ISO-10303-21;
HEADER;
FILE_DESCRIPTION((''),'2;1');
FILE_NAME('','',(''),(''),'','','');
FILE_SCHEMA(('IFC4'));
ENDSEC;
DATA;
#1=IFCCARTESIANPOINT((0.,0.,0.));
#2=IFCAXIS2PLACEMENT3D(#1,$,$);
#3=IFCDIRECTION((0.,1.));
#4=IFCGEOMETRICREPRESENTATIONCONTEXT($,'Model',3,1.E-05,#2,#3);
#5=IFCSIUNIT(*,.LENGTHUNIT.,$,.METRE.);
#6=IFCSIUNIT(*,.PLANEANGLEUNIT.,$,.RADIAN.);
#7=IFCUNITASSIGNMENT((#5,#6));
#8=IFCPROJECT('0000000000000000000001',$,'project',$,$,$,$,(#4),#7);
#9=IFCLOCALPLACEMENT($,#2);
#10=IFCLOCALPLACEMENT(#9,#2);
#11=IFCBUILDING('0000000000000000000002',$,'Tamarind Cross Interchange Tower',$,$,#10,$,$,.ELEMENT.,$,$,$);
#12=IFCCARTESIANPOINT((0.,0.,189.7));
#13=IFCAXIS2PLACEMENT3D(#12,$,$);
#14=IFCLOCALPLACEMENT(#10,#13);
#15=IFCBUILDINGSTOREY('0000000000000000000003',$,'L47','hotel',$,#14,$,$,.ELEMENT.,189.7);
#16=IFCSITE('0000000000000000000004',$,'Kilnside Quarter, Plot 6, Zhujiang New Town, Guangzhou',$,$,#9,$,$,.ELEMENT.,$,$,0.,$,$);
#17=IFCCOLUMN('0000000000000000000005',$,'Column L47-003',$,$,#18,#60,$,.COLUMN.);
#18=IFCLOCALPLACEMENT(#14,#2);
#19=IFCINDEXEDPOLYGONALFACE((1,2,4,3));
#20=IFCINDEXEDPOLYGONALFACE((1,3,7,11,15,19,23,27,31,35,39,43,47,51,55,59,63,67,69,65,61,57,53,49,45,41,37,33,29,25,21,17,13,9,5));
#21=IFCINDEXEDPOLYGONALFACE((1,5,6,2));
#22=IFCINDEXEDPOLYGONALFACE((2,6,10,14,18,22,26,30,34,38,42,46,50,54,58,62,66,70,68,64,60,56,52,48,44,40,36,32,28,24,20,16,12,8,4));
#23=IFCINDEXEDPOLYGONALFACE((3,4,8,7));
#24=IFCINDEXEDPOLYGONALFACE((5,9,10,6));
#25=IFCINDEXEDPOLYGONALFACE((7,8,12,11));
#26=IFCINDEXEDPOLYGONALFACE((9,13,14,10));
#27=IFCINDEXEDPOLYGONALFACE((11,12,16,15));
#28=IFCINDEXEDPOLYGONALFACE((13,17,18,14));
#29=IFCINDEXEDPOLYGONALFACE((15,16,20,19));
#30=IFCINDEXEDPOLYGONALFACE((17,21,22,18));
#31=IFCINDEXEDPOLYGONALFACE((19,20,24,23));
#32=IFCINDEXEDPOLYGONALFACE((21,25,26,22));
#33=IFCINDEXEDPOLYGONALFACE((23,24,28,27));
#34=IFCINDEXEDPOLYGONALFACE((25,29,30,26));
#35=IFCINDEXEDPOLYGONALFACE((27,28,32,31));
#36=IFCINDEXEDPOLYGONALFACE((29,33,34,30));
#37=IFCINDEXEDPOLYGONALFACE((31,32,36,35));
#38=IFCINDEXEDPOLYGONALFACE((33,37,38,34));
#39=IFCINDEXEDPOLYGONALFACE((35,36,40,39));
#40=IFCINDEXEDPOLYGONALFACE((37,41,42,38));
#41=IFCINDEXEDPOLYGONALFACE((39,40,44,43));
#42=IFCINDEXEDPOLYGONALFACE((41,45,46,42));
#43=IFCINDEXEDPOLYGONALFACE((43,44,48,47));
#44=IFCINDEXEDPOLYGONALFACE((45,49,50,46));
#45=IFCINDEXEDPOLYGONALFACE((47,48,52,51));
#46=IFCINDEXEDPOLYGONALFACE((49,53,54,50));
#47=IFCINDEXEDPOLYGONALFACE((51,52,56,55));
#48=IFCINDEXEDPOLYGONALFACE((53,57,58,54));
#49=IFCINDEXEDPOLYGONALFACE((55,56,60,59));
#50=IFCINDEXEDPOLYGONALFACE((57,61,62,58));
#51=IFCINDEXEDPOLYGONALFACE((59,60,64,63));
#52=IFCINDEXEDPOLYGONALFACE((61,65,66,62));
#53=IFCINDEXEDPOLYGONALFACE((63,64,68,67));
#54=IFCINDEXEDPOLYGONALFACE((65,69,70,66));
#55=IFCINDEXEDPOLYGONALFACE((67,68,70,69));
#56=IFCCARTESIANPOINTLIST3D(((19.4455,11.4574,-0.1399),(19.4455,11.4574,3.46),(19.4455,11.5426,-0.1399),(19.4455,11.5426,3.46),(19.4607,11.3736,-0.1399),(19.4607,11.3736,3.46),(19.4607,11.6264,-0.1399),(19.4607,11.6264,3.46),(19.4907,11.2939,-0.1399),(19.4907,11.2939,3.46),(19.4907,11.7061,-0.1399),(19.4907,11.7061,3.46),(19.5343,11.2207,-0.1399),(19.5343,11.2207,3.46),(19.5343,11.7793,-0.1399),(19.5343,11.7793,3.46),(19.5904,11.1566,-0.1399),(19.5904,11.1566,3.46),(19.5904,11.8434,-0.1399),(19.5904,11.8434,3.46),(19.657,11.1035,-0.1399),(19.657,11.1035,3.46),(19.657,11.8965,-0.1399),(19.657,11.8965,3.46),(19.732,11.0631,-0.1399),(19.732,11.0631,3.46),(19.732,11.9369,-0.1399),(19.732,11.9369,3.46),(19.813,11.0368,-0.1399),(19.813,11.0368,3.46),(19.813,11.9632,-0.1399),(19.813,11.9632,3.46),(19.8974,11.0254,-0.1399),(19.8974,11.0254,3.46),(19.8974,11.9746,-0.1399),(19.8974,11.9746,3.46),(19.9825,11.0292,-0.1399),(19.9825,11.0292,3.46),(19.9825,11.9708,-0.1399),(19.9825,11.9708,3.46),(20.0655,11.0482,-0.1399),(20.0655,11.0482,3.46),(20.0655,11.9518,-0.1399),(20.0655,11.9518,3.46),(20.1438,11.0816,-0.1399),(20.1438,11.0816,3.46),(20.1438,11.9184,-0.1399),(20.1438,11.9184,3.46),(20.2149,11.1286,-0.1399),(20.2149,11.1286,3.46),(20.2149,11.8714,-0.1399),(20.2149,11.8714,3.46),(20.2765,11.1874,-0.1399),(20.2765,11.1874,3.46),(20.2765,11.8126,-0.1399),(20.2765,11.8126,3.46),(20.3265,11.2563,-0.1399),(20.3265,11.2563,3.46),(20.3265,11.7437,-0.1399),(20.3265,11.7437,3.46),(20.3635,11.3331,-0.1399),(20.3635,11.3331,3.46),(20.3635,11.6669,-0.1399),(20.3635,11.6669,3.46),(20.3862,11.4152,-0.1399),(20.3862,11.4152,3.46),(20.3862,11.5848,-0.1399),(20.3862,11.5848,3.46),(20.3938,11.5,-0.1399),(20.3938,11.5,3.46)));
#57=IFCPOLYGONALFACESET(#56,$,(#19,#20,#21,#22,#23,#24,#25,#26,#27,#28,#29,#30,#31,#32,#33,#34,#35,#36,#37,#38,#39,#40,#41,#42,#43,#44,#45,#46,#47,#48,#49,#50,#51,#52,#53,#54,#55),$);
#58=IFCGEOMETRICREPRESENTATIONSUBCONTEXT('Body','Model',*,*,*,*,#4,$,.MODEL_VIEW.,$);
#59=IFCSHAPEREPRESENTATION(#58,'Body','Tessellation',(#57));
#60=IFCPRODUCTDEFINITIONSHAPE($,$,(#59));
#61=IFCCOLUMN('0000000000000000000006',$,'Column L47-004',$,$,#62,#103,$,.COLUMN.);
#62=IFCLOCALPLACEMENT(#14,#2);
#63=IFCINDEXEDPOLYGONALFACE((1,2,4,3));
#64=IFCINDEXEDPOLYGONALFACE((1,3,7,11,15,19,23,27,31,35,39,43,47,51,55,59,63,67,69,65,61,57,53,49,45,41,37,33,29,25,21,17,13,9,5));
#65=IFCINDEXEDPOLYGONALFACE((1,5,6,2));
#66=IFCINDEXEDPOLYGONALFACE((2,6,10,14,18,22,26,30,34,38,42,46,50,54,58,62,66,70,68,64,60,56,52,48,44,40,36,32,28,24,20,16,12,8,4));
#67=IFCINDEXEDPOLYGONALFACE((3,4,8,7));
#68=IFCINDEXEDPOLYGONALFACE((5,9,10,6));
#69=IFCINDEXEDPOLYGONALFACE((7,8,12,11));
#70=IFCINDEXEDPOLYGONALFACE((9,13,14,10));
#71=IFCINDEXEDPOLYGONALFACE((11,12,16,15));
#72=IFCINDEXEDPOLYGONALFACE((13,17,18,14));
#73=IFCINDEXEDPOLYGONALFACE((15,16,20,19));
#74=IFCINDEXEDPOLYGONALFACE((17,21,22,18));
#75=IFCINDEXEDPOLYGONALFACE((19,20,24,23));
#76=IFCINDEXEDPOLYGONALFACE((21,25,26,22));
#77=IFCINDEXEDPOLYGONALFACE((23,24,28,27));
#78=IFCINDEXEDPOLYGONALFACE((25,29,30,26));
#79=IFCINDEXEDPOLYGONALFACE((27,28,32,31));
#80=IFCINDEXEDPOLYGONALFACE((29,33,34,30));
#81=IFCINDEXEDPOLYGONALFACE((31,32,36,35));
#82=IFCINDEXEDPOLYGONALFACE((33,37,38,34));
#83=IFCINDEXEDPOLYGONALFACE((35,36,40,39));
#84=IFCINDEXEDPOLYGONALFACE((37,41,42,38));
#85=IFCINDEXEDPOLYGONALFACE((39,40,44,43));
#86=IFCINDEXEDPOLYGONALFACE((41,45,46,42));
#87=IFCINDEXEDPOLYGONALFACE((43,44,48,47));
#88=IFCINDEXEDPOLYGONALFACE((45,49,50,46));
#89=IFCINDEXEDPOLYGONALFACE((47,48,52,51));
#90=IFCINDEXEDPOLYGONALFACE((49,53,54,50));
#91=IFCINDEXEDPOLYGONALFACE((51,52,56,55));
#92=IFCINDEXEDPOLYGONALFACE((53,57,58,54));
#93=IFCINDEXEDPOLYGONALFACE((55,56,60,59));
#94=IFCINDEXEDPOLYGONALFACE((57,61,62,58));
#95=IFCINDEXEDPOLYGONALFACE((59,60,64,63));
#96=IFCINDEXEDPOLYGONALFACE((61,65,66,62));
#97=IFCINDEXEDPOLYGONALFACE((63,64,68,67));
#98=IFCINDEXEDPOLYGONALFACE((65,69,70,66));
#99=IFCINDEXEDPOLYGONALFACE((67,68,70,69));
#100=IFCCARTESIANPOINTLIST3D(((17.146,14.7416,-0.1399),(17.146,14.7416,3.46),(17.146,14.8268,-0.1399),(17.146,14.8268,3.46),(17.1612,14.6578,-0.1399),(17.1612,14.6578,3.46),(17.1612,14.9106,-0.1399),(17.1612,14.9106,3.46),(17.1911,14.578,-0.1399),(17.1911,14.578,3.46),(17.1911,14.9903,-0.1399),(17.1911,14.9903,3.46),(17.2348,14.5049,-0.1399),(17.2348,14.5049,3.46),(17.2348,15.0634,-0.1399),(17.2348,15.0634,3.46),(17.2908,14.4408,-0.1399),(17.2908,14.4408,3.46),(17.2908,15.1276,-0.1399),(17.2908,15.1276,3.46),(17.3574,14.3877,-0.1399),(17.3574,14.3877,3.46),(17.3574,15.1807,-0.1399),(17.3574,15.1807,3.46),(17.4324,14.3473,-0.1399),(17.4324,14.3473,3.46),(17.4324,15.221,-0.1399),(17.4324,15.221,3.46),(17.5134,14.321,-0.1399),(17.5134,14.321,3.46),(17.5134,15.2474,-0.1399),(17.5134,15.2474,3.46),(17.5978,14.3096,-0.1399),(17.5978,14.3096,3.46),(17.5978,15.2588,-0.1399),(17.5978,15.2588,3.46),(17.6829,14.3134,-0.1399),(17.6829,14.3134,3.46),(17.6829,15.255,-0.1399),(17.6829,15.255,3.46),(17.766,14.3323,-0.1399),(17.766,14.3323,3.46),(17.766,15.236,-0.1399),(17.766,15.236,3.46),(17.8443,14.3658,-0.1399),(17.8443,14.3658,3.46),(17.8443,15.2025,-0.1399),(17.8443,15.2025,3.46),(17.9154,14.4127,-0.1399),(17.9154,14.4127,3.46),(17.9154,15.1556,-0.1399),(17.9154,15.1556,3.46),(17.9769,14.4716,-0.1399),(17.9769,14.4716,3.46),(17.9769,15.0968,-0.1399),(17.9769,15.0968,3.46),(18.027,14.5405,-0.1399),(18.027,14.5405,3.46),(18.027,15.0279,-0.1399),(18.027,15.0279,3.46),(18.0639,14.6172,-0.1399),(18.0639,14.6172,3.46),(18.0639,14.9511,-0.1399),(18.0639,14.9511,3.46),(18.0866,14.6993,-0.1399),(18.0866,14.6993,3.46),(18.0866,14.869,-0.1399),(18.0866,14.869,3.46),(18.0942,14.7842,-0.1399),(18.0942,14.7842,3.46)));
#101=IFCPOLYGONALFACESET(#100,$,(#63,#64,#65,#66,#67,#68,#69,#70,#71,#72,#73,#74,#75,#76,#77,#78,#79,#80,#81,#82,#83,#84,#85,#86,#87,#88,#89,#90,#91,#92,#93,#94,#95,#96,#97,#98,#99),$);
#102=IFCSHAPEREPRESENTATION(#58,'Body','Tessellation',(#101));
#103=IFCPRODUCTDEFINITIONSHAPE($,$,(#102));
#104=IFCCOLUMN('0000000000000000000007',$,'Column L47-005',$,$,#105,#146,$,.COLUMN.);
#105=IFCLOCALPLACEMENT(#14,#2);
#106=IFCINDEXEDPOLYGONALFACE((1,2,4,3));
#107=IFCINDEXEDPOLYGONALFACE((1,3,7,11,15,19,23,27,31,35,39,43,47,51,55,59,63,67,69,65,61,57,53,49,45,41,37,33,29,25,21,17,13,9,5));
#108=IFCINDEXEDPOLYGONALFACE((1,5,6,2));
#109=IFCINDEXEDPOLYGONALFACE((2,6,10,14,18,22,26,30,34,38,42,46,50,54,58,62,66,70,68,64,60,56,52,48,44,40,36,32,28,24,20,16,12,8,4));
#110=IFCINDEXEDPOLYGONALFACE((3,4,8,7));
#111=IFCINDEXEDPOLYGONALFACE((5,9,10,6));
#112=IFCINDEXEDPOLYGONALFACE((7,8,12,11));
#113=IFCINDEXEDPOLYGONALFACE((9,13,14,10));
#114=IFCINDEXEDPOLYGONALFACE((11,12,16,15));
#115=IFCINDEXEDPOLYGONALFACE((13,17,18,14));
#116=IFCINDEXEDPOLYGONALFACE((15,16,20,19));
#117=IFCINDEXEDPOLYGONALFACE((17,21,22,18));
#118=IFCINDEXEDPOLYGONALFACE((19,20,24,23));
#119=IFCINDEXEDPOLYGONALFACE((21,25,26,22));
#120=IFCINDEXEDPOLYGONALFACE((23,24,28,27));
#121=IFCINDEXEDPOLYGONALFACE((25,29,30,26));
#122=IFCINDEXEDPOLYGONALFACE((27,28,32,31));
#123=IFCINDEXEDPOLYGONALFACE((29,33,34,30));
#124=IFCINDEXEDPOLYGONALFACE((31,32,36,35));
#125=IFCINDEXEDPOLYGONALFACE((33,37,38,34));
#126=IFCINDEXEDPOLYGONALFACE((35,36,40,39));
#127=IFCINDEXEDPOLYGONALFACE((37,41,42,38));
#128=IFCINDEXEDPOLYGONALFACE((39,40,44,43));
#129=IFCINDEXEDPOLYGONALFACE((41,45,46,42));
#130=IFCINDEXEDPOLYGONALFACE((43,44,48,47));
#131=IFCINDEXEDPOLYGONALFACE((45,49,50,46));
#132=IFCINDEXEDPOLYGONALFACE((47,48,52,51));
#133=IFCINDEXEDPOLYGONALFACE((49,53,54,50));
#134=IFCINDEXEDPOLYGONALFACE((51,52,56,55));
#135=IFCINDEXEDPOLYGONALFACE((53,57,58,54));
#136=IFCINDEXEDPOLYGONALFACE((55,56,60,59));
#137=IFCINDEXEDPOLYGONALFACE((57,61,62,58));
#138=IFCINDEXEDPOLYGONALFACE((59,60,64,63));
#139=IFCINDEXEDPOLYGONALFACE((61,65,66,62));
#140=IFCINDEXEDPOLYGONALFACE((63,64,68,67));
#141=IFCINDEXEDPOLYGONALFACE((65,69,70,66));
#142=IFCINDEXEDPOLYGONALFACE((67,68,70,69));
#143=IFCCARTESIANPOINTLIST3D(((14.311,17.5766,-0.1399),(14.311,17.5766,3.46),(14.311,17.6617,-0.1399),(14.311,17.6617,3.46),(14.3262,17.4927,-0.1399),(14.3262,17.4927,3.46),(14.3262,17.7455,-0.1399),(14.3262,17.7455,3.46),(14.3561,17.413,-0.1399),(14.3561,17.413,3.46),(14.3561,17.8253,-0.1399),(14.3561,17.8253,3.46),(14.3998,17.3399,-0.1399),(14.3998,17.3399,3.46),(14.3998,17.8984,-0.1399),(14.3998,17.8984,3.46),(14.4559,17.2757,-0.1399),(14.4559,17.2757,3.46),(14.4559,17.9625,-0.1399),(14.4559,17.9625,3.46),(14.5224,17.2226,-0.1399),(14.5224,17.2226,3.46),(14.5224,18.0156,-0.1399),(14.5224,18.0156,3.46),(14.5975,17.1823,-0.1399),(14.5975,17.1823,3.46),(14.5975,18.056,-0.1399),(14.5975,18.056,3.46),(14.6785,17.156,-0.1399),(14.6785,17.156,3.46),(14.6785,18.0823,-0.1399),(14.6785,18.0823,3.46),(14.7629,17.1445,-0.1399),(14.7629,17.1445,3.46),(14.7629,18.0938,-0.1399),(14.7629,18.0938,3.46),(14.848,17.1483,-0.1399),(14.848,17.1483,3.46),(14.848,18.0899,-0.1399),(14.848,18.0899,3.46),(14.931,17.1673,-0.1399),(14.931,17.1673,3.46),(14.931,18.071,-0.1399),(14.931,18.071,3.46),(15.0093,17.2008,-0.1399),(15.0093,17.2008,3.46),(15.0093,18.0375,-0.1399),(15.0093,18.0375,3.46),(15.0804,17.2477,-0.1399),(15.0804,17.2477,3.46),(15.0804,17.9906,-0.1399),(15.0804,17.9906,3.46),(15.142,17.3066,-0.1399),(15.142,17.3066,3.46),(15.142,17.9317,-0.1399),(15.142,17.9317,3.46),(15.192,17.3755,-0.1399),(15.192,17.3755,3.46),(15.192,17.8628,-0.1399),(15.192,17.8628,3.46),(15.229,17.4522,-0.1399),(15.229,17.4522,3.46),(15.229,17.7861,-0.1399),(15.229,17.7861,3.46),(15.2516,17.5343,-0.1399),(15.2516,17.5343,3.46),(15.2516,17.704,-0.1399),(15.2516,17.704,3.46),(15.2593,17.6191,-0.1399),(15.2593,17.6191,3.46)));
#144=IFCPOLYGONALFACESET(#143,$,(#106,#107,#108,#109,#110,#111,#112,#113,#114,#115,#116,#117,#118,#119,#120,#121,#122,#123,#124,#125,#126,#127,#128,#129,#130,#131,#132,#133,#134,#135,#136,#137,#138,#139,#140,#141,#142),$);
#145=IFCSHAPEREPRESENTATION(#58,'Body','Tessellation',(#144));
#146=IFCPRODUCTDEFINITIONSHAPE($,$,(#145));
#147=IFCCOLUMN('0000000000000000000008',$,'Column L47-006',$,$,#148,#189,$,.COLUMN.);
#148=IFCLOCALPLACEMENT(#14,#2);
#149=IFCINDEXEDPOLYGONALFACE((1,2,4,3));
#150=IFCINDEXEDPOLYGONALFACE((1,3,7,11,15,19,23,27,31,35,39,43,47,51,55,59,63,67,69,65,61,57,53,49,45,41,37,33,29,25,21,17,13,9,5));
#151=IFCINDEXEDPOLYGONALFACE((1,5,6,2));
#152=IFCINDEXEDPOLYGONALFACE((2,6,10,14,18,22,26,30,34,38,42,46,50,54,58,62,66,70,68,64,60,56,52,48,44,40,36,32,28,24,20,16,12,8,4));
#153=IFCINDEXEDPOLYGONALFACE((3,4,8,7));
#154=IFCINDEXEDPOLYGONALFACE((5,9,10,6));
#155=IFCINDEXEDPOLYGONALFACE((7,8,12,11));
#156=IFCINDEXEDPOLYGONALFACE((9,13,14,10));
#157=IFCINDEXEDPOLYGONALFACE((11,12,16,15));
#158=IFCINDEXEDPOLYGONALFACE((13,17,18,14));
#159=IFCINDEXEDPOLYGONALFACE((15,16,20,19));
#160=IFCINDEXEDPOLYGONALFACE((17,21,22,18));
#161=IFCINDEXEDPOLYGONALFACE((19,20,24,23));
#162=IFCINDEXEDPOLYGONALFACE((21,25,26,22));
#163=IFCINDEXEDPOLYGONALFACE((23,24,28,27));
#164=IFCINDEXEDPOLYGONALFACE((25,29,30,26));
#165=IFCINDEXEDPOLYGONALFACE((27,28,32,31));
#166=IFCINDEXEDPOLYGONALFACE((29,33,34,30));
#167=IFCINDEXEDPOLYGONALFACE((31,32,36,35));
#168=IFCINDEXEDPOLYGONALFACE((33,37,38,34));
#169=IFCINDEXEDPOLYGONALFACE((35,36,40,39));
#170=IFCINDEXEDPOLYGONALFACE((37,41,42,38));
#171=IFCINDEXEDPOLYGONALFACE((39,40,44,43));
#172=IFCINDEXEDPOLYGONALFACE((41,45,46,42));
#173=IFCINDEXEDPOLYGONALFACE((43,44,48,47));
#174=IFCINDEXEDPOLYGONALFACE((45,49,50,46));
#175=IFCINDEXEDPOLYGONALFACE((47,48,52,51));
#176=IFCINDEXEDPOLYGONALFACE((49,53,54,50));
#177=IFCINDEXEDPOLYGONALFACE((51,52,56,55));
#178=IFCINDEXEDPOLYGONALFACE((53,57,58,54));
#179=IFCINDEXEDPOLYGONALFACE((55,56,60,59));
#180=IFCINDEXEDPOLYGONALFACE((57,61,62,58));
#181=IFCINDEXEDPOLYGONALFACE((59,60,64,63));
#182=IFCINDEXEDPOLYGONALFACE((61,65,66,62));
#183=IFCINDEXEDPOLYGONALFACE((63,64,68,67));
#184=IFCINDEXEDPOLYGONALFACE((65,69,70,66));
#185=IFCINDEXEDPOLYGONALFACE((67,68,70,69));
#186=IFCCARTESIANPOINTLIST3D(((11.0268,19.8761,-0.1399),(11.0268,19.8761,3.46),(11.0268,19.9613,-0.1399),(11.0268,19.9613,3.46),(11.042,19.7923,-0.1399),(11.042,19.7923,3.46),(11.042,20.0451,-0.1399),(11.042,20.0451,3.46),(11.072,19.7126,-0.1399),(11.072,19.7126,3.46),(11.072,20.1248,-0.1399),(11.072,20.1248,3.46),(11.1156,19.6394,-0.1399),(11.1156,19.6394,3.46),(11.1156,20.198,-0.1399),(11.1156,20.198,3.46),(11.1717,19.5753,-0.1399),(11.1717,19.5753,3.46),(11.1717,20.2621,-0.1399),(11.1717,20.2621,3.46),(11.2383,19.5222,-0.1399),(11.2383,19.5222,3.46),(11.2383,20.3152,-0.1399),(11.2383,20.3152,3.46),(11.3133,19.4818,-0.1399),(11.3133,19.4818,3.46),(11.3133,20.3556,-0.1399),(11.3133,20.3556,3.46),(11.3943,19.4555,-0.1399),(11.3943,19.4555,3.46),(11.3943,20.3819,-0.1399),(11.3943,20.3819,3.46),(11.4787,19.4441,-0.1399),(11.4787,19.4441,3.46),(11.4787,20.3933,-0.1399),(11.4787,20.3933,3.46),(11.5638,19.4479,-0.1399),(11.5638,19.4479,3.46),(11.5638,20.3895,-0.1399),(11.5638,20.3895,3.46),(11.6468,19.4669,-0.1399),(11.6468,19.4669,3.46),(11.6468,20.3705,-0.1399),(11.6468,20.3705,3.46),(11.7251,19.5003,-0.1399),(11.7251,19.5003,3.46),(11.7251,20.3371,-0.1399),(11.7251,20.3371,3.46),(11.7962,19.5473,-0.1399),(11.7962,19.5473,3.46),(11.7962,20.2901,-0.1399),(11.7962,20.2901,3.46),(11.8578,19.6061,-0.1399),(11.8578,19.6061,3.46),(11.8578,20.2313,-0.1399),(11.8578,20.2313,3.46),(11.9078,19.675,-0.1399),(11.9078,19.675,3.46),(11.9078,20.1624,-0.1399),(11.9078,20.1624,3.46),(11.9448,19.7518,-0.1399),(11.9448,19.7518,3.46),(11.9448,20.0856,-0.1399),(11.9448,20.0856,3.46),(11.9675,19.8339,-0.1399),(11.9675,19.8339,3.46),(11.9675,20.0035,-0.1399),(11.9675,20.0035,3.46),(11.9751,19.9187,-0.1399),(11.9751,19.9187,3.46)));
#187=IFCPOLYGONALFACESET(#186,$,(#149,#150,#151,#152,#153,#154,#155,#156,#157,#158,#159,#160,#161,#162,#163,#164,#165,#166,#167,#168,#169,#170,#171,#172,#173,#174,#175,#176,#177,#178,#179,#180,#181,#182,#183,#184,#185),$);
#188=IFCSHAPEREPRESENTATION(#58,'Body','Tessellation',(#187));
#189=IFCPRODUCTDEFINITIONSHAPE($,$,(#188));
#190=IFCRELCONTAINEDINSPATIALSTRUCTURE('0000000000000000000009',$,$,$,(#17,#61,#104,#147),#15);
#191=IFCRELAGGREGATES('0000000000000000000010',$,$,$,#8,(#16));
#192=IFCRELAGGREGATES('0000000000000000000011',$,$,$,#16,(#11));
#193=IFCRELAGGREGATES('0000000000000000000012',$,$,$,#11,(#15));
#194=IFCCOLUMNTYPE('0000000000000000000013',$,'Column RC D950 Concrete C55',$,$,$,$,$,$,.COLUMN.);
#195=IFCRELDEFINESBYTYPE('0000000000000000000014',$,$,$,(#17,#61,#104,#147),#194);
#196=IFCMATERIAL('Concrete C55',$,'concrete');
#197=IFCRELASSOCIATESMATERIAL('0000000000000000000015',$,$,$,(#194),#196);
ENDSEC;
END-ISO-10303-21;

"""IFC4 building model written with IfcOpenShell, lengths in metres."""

from ifc_helpers import new_model, si_unit, direction, frame, origin, origin_2d, place, context, subcontext, project, spatial, circle, extrude, material, material_profile, profile_set, type_object, element, save


model = new_model("IFC4")

# Units and contexts
model_context = context("Model", 3, precision=1e-05, world=origin(), true_north=direction((0.0, 1.0)))
body_context = subcontext(model_context, "Body", "Model", "MODEL_VIEW")
ifc_project = project(units=[si_unit("LENGTHUNIT", "METRE"), si_unit("PLANEANGLEUNIT", "RADIAN")], contexts=[model_context])

# Site, building, storey
site_placement = place(None, origin())
site = spatial("IfcSite", under=ifc_project, at=site_placement, Name="Kilnside Quarter, Plot 6, Zhujiang New Town, Guangzhou", CompositionType="ELEMENT", RefElevation=0.0)
building_placement = place(site_placement, origin())
building = spatial("IfcBuilding", under=site, at=building_placement, Name="Tamarind Cross Interchange Tower", CompositionType="ELEMENT")
storey_placement = place(building_placement, frame((0.0, 0.0, 189.7)))
storey = spatial("IfcBuildingStorey", under=building, at=storey_placement, Name="L47", Description="hotel", CompositionType="ELEMENT", Elevation=189.7)

# Columns
ifc_material_1 = material(Name="Concrete C55", Category="concrete")
ifc_material_profile_1 = material_profile(ifc_material_1, circle(Radius=0.4751, at=origin_2d()), Name="RC D950")
ifc_profile_set_1 = profile_set([ifc_material_profile_1], Name="Concrete C55")
column_type = type_object("IfcColumnType", Name="Column RC D950 Concrete C55", PredefinedType="COLUMN", material=ifc_profile_set_1)
for number, where, z_axis, x_axis, name in (
    (1, (19.9187, 11.5, -0.1399), (0.0, 0.0, 1.0), (1.0, 0.0, 0.0), "Column L47-003"),
    (2, (17.6191, 14.7842, -0.1399), (0.0, 0.0, 1.0), (1.0, 0.0, 0.0), "Column L47-004"),
    (3, (14.7842, 17.6191, -0.1399), (0.0, 0.0, 1.0), (1.0, 0.0, 0.0), "Column L47-005"),
    (4, (11.5, 19.9187, -0.1399), (0.0, 0.0, 1.0), (1.0, 0.0, 0.0), "Column L47-006"),
):
    element("IfcColumn", number, at=place(storey_placement, frame(where, z_axis=z_axis, x_axis=x_axis)), inside=storey, type_object=column_type, Name=name, PredefinedType="COLUMN", context=body_context, shape_type="SweptSolid", body=[
        extrude(circle(Radius=0.4751, at=origin_2d()), origin(), (0.0, 0.0, 1.0), 3.5999),
    ])

save(model, "model.ifc")
